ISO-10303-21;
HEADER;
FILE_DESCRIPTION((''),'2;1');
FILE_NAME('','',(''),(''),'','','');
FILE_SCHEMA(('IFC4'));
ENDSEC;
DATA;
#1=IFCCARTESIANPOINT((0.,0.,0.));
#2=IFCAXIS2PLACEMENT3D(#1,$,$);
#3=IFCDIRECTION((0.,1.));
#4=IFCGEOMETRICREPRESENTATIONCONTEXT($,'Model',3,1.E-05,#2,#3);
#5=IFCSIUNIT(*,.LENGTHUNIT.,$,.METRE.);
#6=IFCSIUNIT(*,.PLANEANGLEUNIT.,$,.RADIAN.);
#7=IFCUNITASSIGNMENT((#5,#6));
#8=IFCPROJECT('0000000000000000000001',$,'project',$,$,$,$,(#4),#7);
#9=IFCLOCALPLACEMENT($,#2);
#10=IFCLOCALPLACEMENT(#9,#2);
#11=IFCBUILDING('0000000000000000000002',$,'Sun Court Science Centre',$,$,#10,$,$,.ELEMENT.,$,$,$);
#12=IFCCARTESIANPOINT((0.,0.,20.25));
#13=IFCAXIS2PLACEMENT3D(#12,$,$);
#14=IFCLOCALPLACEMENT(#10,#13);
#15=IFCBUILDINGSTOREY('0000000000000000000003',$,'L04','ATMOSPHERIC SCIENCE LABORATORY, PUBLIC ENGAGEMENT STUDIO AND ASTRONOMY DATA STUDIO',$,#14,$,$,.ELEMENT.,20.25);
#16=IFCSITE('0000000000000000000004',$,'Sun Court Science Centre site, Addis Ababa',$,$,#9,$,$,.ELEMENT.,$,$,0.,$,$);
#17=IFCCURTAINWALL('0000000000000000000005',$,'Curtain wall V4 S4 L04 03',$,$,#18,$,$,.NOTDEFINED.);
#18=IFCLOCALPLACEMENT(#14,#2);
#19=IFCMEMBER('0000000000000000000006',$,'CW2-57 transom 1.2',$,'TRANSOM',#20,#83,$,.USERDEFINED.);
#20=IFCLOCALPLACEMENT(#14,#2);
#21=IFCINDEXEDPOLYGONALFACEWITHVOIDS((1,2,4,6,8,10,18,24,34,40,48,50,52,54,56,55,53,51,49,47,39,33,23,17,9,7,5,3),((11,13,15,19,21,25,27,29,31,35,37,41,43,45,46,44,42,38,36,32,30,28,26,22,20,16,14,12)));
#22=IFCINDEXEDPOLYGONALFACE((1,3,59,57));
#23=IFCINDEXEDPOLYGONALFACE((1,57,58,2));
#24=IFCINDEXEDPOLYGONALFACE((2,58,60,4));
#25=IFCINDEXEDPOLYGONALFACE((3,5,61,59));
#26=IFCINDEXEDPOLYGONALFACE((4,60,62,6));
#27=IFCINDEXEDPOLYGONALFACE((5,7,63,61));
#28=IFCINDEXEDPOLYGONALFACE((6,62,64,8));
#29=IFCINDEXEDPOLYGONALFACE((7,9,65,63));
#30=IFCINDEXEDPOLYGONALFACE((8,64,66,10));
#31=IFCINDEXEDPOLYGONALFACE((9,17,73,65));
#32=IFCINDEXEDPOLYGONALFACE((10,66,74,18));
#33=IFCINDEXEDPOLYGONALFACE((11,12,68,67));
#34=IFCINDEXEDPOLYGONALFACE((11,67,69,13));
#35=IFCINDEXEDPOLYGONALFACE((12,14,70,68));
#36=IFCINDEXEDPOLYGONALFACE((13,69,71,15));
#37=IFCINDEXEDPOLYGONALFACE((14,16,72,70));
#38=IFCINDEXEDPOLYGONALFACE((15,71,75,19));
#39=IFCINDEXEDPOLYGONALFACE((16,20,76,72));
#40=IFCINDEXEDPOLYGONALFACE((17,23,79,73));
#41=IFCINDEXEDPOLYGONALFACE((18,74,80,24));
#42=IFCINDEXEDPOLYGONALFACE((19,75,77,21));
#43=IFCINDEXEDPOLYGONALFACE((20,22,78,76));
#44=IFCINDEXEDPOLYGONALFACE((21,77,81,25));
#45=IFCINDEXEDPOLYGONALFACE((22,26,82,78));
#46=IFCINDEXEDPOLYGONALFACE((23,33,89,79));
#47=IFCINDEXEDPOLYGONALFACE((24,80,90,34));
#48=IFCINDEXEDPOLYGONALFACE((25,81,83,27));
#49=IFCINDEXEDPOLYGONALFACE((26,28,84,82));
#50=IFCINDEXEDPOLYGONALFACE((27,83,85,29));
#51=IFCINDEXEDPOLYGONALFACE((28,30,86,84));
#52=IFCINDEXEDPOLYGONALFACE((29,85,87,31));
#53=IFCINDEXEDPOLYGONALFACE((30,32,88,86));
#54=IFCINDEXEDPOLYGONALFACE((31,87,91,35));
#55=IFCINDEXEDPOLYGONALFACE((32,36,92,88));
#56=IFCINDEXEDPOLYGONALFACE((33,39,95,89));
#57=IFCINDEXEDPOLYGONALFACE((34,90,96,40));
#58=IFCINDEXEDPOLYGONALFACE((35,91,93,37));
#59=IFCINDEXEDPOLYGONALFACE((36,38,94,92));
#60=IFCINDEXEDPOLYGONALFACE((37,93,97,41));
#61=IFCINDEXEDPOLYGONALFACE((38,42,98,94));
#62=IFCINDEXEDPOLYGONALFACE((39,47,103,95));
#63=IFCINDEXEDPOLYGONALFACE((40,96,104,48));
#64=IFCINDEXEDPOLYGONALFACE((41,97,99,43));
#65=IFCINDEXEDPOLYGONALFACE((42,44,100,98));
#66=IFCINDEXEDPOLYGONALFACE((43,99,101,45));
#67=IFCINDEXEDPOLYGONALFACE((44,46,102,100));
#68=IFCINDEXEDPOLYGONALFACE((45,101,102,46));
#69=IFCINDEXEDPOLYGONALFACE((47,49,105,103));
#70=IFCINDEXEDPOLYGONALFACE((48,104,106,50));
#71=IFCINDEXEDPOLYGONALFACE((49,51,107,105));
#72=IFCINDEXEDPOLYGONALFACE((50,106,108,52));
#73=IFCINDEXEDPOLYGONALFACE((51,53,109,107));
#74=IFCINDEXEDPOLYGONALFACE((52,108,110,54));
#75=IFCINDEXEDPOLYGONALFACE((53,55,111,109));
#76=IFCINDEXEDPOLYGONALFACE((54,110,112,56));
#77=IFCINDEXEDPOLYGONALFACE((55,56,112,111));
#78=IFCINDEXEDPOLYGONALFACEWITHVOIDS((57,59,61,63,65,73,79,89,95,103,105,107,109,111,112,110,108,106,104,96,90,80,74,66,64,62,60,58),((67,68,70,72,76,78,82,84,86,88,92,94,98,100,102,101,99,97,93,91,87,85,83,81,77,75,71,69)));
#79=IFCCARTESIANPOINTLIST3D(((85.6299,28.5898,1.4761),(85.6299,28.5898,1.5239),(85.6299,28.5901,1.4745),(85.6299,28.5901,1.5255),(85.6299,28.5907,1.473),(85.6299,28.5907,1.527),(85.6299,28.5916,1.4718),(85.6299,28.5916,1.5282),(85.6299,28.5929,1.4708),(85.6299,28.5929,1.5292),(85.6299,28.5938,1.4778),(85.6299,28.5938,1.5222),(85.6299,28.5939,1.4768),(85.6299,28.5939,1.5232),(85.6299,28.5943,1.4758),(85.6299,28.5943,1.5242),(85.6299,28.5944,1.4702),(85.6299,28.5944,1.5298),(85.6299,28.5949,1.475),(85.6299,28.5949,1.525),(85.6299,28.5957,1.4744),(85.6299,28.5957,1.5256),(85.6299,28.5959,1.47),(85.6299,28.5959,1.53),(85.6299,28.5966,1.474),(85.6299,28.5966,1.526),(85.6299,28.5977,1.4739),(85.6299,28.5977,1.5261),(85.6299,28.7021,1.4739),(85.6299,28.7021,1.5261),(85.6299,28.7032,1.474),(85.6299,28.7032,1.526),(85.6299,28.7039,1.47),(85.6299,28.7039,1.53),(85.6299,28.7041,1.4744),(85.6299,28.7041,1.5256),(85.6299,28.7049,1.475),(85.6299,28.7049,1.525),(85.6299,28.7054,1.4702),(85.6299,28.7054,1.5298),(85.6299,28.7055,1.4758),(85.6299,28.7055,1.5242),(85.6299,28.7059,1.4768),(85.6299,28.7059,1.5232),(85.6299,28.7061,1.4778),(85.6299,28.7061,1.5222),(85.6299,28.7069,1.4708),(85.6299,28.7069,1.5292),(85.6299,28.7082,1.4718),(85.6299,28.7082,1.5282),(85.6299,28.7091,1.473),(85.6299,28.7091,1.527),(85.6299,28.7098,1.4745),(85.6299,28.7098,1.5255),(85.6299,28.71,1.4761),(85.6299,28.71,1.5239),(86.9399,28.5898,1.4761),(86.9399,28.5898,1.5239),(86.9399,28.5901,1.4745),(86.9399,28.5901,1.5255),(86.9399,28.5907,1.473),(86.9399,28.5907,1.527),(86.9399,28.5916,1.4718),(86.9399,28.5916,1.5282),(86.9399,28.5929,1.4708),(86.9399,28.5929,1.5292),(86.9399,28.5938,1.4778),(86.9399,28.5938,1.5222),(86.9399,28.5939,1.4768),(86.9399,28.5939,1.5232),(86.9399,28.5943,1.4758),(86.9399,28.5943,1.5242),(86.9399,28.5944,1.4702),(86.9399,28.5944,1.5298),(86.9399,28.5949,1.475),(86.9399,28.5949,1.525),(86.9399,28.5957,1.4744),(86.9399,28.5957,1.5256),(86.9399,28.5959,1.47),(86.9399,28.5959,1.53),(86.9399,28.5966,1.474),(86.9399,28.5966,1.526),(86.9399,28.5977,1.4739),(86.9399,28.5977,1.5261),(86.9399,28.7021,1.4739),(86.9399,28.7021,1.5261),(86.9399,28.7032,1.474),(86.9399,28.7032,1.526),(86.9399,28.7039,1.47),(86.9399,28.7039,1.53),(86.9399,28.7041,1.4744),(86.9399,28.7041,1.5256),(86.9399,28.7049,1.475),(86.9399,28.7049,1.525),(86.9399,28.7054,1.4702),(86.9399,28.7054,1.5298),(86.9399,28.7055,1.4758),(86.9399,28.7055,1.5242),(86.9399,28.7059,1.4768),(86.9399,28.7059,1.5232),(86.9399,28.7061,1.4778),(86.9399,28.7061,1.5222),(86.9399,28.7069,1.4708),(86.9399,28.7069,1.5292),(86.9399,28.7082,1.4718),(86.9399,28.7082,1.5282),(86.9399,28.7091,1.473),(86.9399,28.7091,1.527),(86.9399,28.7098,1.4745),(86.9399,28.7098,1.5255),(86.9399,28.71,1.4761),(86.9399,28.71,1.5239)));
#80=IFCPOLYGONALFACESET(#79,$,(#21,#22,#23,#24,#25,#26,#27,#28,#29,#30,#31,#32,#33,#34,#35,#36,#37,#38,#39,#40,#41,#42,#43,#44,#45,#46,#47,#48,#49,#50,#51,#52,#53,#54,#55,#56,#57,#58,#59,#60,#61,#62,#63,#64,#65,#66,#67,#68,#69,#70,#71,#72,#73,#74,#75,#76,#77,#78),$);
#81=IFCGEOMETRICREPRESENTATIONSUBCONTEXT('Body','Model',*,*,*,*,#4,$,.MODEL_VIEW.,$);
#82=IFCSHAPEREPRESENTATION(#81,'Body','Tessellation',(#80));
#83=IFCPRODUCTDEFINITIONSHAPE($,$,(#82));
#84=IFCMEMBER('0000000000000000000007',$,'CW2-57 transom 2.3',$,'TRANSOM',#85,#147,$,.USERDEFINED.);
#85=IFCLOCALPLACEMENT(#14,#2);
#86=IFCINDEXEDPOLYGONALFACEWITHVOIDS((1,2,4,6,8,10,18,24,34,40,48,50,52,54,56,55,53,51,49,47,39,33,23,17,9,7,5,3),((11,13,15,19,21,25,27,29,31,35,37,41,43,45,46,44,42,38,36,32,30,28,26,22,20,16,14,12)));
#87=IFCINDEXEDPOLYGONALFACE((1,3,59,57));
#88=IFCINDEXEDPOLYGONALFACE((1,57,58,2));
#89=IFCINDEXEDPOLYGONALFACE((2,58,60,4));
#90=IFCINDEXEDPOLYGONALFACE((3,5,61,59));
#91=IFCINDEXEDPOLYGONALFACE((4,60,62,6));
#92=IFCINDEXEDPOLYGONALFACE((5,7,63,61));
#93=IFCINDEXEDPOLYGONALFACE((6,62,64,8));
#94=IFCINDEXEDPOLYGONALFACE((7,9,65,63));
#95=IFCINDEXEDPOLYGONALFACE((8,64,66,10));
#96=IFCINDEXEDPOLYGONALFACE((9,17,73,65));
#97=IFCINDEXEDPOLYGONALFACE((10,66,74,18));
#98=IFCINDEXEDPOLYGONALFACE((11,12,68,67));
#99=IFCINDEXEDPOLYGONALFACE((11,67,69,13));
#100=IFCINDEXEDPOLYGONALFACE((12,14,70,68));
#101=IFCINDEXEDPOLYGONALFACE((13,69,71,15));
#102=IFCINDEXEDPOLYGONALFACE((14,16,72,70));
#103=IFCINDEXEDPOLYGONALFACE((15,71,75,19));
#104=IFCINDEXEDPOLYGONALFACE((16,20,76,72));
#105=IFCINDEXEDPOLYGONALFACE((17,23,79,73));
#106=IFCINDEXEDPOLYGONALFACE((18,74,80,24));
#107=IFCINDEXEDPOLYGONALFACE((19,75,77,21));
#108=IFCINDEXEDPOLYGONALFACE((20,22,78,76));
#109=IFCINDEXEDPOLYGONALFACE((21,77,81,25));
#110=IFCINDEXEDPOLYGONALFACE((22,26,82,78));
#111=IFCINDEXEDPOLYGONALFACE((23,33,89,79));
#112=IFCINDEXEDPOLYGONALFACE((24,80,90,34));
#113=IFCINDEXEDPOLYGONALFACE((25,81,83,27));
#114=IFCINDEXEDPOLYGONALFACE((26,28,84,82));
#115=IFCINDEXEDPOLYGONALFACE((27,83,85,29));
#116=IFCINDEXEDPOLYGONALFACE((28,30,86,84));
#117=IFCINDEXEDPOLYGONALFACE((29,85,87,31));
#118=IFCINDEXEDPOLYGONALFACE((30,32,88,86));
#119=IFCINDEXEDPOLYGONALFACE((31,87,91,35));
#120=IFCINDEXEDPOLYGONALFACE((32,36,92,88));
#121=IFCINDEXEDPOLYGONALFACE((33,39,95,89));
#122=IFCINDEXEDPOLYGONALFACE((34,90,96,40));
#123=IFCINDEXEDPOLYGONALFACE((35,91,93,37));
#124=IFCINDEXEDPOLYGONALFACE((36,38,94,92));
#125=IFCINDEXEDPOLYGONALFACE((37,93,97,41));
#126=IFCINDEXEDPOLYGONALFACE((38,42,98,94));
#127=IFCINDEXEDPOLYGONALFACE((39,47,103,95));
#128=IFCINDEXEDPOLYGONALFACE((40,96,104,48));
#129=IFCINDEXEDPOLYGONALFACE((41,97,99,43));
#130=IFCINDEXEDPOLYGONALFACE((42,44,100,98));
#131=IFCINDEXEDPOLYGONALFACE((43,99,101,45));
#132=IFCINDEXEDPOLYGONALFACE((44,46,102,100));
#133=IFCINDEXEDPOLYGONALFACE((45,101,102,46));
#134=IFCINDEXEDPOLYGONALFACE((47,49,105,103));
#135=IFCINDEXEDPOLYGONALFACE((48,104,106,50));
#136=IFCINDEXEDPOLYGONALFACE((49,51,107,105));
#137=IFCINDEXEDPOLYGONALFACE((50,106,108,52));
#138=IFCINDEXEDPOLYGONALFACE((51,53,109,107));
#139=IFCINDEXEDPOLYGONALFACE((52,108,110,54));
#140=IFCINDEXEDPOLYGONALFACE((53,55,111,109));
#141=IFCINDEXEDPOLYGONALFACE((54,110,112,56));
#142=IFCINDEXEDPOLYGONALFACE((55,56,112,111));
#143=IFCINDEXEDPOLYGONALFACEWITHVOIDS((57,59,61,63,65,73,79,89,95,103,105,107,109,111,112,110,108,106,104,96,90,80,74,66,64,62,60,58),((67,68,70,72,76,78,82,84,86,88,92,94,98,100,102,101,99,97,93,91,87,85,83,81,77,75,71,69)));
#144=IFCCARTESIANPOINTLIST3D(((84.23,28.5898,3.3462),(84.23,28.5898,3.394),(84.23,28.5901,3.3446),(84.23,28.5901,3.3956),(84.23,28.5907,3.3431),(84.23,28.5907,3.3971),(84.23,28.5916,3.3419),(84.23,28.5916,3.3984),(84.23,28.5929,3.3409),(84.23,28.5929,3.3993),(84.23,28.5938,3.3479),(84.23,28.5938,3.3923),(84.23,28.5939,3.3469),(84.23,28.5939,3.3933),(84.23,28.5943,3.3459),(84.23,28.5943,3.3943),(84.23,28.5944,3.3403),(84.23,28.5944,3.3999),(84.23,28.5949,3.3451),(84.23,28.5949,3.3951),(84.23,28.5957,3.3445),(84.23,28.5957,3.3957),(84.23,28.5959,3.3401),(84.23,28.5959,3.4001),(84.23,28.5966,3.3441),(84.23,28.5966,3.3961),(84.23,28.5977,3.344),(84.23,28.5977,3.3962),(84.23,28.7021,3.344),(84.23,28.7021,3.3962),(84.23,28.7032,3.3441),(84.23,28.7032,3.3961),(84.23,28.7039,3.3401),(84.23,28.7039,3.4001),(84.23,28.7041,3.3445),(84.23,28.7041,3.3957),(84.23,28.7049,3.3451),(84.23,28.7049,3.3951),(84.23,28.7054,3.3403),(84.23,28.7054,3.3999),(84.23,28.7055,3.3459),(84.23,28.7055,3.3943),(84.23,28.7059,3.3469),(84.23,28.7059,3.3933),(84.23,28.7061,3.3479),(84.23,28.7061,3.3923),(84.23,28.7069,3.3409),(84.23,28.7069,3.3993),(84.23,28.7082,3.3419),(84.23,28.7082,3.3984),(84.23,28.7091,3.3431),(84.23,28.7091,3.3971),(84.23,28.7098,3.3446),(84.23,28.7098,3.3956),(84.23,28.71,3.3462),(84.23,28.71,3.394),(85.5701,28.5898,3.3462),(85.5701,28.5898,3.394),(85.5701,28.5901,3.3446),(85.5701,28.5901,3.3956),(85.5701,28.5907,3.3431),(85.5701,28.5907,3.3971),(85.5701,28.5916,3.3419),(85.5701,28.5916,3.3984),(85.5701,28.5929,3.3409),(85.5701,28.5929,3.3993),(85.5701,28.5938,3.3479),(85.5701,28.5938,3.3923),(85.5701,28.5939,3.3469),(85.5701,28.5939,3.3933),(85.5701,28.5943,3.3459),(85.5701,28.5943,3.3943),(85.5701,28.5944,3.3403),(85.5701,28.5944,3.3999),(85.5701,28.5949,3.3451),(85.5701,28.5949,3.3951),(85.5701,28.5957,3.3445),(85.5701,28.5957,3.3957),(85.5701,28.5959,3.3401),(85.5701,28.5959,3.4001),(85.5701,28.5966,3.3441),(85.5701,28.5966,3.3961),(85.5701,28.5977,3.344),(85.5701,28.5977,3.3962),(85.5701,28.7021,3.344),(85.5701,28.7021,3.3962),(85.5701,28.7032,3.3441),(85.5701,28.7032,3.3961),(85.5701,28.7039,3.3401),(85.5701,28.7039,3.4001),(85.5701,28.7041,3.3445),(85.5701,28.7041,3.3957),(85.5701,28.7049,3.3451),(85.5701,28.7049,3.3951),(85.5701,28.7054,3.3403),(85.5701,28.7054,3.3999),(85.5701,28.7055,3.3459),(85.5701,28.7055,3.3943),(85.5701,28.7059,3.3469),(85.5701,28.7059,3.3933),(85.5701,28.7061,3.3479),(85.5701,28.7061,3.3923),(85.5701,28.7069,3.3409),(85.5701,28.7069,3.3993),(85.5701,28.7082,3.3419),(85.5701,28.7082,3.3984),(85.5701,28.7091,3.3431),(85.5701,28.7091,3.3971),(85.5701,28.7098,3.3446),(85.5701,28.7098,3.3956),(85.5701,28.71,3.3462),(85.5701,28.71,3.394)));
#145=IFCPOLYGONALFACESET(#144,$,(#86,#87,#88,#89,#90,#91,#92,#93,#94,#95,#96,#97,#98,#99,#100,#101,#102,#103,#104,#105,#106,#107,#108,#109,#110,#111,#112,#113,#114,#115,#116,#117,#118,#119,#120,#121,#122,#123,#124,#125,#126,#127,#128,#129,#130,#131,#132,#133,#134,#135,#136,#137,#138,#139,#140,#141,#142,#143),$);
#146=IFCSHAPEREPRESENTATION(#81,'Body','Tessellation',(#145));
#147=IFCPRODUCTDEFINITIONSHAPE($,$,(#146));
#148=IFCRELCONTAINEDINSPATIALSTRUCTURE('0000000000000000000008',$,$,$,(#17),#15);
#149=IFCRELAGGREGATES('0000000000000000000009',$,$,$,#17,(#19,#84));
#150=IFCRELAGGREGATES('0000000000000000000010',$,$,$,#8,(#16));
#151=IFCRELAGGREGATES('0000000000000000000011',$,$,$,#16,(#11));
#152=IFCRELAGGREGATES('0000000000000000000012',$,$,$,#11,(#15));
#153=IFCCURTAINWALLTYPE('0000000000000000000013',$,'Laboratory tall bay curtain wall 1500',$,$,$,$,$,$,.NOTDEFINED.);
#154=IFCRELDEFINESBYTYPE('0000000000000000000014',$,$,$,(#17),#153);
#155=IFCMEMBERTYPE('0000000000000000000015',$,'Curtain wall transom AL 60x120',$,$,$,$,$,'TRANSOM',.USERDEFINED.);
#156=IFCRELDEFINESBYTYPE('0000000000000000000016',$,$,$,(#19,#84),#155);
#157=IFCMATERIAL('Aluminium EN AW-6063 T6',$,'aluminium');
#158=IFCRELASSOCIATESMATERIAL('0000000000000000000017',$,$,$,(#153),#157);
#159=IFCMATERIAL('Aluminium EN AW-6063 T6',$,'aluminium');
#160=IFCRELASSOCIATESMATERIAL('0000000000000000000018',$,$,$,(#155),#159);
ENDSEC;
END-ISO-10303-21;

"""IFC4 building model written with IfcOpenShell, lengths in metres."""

from ifc_helpers import new_model, si_unit, direction, frame, origin, origin_2d, place, context, subcontext, project, spatial, hollow_rectangle, extrude, material, material_profile, profile_set, type_object, element, aggregate, save


model = new_model("IFC4")

# Units and contexts
model_context = context("Model", 3, precision=1e-05, world=origin(), true_north=direction((0.0, 1.0)))
body_context = subcontext(model_context, "Body", "Model", "MODEL_VIEW")
ifc_project = project(units=[si_unit("LENGTHUNIT", "METRE"), si_unit("PLANEANGLEUNIT", "RADIAN")], contexts=[model_context])

# Site, building, storey
site_placement = place(None, origin())
site = spatial("IfcSite", under=ifc_project, at=site_placement, Name="Sun Court Science Centre site, Addis Ababa", CompositionType="ELEMENT", RefElevation=0.0)
building_placement = place(site_placement, origin())
building = spatial("IfcBuilding", under=site, at=building_placement, Name="Sun Court Science Centre", CompositionType="ELEMENT")
storey_placement = place(building_placement, frame((0.0, 0.0, 20.25)))
storey = spatial("IfcBuildingStorey", under=building, at=storey_placement, Name="L04", Description="ATMOSPHERIC SCIENCE LABORATORY, PUBLIC ENGAGEMENT STUDIO AND ASTRONOMY DATA STUDIO", CompositionType="ELEMENT", Elevation=20.25)

# Shared definitions
ifc_material_1 = material(Name="Aluminium EN AW-6063 T6", Category="aluminium")
curtain_wall_type = type_object("IfcCurtainWallType", Name="Laboratory tall bay curtain wall 1500", PredefinedType="NOTDEFINED", material=ifc_material_1)

# Curtain wall, members
curtain_wall_1_placement = place(storey_placement, origin())
curtain_wall_1 = element("IfcCurtainWall", 1, at=curtain_wall_1_placement, inside=storey, type_object=curtain_wall_type, Name="Curtain wall V4 S4 L04 03", PredefinedType="NOTDEFINED")
ifc_material_2 = material(Name="Aluminium EN AW-6063 T6", Category="aluminium")
ifc_material_profile_1 = material_profile(ifc_material_2, hollow_rectangle(XDim=0.0601, YDim=0.1201, WallThickness=0.0039, InnerFilletRadius=0.0039, OuterFilletRadius=0.0061, at=origin_2d()), Name="AL 60x120x4")
ifc_profile_set_1 = profile_set([ifc_material_profile_1], Name="Aluminium EN AW-6063 T6")
member_type_1 = type_object("IfcMemberType", Name="Curtain wall transom AL 60x120", ElementType="TRANSOM", PredefinedType="USERDEFINED", material=ifc_profile_set_1)
member_1_placement = place(storey_placement, frame((86.9399, 28.6499, 1.5), z_axis=(-1.0, 0.0, 0.0), x_axis=(0.0, 0.0, 1.0)))
member_1 = element("IfcMember", 2, at=member_1_placement, type_object=member_type_1, Name="CW2-57 transom 1.2", ObjectType="TRANSOM", PredefinedType="USERDEFINED", context=body_context, shape_type="SweptSolid", body=[
    extrude(hollow_rectangle(XDim=0.0601, YDim=0.1201, WallThickness=0.0039, InnerFilletRadius=0.0039, OuterFilletRadius=0.0061, at=origin_2d()), origin(), (0.0, 0.0, 1.0), 1.3101),
])
member_2_placement = place(storey_placement, frame((85.5701, 28.6499, 3.3701), z_axis=(-1.0, 0.0, 0.0), x_axis=(0.0, 0.0, 1.0)))
member_2 = element("IfcMember", 3, at=member_2_placement, type_object=member_type_1, Name="CW2-57 transom 2.3", ObjectType="TRANSOM", PredefinedType="USERDEFINED", context=body_context, shape_type="SweptSolid", body=[
    extrude(hollow_rectangle(XDim=0.0601, YDim=0.1201, WallThickness=0.0039, InnerFilletRadius=0.0039, OuterFilletRadius=0.0061, at=origin_2d()), origin(), (0.0, 0.0, 1.0), 1.3401),
])

aggregate(curtain_wall_1, [member_1, member_2])

save(model, "model.ifc")
